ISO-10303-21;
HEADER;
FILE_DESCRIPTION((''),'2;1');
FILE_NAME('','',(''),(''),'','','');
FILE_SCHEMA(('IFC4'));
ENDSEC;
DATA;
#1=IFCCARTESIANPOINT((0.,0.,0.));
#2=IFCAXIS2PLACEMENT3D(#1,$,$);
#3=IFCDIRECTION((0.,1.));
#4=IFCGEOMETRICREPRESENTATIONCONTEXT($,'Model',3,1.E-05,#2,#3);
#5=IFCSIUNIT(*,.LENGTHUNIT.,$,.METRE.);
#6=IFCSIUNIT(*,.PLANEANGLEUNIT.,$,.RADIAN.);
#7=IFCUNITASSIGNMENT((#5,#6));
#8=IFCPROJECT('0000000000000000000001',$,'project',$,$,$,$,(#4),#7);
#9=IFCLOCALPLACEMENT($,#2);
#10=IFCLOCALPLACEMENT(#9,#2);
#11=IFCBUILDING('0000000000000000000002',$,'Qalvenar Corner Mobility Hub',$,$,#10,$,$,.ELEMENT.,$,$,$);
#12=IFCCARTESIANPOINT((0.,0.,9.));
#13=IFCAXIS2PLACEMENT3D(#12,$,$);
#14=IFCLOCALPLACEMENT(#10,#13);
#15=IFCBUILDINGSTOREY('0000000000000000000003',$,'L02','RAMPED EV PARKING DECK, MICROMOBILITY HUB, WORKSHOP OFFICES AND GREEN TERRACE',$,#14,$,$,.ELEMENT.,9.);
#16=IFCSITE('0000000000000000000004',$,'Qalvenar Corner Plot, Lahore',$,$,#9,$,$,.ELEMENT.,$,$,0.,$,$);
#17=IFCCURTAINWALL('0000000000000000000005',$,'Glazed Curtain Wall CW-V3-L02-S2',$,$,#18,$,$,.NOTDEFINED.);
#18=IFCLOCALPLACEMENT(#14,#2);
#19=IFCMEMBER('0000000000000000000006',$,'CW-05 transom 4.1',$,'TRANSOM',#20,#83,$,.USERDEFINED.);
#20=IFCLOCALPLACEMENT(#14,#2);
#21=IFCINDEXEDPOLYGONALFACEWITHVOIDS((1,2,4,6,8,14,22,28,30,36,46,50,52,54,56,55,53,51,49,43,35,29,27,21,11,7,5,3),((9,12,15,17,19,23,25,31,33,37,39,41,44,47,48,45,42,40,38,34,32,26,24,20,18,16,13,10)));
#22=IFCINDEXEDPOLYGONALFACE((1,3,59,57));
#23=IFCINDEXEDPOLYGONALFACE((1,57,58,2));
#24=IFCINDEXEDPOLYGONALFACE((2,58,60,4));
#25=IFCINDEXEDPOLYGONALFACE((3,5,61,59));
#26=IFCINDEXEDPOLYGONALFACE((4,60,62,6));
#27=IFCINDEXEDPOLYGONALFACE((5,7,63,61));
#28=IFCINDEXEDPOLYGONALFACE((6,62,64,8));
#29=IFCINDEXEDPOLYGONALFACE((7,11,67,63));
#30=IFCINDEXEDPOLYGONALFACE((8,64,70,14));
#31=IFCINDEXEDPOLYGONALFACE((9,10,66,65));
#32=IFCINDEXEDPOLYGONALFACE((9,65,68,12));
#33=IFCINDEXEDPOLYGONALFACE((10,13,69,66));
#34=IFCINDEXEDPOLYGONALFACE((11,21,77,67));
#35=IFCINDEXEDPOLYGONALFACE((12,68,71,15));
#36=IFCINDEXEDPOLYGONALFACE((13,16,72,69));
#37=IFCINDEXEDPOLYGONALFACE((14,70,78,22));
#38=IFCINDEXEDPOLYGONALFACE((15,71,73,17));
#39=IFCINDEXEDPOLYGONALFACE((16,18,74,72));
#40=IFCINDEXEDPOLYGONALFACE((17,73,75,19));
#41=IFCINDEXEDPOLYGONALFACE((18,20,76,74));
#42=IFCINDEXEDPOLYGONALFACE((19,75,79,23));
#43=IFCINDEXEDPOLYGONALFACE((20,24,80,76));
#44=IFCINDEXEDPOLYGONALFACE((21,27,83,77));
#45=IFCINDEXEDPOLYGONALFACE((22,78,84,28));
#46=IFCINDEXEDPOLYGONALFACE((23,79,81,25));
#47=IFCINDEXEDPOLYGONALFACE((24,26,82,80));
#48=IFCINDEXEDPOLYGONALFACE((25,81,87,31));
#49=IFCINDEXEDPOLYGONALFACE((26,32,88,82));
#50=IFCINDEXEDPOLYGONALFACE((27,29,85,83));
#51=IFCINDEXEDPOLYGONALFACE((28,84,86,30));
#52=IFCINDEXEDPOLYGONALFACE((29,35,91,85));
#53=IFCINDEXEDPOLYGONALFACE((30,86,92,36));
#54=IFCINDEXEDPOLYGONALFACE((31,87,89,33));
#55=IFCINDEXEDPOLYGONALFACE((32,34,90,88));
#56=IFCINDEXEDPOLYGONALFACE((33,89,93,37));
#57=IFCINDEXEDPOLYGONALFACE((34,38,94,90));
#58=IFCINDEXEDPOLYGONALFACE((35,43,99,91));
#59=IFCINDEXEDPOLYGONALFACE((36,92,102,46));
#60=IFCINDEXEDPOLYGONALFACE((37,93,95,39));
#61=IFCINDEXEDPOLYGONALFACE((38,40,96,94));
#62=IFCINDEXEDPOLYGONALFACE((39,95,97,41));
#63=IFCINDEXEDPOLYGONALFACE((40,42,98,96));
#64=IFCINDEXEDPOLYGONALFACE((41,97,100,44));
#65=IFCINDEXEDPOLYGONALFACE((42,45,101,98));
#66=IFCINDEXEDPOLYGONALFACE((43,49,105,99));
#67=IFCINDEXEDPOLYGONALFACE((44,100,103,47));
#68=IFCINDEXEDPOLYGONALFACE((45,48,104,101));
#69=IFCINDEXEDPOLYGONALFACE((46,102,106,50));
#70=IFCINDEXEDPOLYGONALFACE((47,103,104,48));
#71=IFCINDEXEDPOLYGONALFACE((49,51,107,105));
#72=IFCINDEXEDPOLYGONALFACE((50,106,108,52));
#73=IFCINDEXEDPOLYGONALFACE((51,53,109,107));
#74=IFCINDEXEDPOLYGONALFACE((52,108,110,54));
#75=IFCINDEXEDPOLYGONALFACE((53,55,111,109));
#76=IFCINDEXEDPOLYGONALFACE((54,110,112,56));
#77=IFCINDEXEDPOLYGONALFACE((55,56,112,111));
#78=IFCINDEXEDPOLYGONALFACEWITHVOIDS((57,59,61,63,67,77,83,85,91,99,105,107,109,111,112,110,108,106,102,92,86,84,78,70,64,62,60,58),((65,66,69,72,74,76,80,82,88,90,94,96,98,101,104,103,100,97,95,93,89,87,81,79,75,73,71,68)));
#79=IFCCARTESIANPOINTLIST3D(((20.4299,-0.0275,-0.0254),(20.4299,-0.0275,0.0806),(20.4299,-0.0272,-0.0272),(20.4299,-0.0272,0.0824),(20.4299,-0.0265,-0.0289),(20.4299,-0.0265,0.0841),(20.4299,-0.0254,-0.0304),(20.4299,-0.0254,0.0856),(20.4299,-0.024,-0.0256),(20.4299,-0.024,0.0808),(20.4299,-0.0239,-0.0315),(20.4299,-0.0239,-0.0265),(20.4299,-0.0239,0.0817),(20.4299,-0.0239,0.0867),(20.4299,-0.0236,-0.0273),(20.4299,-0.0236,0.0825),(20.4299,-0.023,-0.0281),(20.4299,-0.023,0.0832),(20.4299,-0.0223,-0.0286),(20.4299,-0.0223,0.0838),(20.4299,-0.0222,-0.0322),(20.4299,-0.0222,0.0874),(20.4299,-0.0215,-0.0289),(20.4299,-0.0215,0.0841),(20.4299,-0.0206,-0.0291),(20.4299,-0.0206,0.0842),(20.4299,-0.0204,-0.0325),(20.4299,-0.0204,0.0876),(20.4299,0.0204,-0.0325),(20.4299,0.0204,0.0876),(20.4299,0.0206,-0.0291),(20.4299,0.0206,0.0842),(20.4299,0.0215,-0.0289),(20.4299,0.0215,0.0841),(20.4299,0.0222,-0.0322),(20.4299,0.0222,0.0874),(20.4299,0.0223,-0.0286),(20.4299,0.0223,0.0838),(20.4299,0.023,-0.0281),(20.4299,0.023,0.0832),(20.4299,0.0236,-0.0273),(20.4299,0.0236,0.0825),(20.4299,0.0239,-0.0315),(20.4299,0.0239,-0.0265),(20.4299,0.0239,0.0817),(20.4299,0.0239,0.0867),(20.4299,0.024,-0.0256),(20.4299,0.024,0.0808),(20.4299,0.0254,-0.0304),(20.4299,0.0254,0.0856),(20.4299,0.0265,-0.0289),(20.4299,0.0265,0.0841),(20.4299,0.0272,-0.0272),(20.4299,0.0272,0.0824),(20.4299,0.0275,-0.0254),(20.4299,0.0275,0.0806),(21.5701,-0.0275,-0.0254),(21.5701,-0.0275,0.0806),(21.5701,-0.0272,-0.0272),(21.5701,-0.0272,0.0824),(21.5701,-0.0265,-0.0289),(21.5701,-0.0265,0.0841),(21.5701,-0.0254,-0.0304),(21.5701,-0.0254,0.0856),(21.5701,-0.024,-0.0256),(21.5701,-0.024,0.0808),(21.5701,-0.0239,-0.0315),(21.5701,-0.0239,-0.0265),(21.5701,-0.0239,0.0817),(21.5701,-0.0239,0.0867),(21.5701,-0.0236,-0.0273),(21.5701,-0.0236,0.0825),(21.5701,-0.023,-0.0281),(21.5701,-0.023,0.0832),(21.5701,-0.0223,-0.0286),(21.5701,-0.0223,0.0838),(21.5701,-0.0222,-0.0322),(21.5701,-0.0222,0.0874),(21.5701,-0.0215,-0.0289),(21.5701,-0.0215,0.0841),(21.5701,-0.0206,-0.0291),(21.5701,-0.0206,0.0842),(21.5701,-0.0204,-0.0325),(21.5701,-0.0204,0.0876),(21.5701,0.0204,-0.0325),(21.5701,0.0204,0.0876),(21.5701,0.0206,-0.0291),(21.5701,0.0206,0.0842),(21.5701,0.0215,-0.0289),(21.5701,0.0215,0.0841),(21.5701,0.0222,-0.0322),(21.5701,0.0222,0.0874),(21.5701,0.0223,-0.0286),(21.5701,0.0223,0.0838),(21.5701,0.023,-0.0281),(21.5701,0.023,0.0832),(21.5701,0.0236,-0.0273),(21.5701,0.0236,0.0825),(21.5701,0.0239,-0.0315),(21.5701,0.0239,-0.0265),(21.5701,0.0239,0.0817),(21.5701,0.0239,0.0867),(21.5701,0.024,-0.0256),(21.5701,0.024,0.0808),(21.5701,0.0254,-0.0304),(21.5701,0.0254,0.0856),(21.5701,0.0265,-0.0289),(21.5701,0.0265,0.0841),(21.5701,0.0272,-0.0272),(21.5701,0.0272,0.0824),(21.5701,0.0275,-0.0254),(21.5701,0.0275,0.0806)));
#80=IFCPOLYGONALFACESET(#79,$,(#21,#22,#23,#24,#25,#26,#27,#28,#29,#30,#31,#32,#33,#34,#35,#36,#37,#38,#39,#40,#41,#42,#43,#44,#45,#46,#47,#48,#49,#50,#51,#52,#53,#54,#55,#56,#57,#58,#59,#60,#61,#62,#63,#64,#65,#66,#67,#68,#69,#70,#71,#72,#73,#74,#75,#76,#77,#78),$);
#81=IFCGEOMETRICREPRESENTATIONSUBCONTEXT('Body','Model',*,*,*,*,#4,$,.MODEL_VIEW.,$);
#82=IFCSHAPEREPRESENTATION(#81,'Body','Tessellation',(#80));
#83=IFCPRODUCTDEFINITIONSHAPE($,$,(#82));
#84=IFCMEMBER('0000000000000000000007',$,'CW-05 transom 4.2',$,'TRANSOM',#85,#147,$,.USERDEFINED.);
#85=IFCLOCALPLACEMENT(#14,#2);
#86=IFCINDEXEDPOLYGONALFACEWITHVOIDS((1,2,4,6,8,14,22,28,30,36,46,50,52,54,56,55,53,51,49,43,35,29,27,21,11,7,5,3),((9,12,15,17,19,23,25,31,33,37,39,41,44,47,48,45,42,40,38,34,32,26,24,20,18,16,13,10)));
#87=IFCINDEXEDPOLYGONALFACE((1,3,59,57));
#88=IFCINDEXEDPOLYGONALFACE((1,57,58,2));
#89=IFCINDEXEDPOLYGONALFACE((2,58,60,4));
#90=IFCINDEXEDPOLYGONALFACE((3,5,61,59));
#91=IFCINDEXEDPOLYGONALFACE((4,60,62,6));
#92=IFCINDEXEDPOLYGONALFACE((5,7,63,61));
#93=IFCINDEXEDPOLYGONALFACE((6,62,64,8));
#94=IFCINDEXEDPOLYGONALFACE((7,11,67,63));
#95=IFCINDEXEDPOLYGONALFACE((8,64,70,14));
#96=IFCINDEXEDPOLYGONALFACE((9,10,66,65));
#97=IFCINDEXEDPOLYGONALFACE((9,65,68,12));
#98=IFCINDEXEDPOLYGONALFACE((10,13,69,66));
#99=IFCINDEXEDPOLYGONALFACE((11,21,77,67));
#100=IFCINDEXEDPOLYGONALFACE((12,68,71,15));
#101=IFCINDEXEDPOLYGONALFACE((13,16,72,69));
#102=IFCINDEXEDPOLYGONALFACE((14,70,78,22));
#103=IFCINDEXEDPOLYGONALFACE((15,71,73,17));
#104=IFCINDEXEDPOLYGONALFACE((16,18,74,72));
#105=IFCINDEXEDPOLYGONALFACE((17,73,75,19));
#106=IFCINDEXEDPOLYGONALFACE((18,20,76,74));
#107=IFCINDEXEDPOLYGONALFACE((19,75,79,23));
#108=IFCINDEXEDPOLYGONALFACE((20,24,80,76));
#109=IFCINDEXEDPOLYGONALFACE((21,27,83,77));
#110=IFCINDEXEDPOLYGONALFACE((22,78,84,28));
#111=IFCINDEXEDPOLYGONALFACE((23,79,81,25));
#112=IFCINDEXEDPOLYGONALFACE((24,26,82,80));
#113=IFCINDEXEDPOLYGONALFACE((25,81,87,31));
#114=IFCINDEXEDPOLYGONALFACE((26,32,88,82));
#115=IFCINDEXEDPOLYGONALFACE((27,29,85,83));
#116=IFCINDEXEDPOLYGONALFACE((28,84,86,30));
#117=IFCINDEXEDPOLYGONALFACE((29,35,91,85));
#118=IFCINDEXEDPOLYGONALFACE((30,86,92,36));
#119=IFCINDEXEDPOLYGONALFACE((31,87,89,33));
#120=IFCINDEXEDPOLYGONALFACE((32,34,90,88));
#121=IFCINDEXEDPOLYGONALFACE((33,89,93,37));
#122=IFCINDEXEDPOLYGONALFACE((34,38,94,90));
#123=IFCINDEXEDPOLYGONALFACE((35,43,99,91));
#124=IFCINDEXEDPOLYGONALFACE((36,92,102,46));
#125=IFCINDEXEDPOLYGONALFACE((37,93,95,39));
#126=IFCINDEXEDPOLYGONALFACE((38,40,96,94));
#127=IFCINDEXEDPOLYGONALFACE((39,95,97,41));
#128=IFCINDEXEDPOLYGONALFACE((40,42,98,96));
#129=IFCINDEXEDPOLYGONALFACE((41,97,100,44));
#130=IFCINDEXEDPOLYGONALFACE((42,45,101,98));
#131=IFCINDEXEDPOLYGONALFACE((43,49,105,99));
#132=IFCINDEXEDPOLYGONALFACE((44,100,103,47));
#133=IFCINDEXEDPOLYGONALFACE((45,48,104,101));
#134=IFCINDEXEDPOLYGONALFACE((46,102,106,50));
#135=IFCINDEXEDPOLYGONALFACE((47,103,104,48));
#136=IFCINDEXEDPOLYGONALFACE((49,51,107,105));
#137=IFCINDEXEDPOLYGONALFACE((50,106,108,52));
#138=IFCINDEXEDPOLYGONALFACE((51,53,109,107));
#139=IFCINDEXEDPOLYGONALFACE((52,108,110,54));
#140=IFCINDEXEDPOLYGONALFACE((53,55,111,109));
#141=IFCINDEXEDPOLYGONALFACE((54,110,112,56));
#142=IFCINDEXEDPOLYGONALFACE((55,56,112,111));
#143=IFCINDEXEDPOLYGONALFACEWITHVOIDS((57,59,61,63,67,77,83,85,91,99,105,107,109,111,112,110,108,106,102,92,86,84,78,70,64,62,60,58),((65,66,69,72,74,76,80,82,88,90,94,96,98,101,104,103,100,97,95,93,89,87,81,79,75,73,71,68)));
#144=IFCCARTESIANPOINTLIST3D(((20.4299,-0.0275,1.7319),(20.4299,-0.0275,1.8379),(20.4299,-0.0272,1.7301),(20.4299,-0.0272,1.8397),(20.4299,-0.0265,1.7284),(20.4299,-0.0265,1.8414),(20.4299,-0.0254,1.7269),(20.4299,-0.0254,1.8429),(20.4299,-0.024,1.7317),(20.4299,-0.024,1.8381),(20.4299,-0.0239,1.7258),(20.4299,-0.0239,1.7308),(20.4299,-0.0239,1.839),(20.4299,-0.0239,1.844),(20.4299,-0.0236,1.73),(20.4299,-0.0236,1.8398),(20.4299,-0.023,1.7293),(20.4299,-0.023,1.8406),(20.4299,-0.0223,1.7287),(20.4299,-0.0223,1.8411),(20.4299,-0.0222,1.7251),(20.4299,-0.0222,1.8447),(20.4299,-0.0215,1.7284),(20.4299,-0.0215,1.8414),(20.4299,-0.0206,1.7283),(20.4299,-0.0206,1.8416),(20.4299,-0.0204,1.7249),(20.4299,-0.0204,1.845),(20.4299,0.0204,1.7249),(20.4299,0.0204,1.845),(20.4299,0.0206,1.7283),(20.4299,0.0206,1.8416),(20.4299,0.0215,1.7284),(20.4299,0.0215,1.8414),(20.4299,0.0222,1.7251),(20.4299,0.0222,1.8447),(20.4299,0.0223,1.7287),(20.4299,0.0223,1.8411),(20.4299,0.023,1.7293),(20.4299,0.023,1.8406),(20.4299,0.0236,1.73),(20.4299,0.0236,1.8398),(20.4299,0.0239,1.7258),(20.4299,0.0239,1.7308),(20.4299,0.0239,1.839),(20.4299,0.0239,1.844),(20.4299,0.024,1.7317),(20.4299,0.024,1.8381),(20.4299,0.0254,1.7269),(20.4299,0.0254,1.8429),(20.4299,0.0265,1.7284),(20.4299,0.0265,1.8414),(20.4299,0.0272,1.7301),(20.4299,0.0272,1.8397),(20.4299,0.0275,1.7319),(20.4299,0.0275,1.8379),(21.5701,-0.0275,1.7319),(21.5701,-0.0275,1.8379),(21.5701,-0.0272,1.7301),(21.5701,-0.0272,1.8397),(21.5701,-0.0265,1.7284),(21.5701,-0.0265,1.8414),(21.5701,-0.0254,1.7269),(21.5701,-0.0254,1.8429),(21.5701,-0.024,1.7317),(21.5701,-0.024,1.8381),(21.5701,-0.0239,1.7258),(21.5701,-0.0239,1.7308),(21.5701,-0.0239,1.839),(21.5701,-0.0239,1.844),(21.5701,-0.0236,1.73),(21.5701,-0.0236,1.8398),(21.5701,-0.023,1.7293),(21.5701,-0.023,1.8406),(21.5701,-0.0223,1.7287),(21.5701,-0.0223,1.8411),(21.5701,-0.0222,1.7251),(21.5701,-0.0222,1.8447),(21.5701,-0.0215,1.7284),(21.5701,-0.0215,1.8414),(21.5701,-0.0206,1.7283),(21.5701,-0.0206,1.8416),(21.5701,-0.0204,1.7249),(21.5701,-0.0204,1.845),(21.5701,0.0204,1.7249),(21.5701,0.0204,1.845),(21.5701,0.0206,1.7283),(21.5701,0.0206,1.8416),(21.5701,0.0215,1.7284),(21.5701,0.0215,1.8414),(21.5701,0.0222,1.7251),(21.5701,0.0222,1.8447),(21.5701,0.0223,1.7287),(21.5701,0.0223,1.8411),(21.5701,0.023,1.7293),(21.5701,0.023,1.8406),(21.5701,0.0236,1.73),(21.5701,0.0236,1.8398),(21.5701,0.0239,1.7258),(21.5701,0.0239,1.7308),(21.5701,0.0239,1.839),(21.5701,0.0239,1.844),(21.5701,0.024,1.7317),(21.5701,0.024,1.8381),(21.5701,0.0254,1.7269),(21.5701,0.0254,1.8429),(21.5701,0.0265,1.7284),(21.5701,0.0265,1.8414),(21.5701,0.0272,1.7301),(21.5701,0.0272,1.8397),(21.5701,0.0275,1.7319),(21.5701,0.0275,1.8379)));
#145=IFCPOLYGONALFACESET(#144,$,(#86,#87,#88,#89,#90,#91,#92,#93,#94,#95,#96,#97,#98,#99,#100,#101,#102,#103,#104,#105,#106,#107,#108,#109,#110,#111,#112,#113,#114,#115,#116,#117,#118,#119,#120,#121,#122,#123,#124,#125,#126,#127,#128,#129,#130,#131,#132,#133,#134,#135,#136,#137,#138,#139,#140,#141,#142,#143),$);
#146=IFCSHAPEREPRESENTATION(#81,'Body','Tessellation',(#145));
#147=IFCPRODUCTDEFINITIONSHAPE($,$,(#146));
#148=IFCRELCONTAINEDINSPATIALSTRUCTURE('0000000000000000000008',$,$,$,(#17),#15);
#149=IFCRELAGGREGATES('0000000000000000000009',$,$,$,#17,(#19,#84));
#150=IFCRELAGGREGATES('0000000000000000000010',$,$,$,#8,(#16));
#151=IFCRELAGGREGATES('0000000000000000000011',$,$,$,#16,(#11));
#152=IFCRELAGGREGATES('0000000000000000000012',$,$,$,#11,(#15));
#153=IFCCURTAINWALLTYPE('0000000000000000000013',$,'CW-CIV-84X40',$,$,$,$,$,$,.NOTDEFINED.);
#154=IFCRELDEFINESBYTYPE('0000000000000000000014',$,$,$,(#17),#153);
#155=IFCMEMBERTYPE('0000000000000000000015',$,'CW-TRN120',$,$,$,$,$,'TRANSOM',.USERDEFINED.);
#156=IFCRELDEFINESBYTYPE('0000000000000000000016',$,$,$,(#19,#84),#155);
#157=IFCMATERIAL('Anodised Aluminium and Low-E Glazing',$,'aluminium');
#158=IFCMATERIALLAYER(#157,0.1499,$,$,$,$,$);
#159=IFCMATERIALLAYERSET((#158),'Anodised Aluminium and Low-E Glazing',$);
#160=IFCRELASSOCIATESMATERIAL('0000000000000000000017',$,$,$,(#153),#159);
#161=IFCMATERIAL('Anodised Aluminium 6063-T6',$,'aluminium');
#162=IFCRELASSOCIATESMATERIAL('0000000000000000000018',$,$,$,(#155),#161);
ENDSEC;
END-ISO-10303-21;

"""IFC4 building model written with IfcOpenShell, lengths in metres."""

from ifc_helpers import new_model, si_unit, direction, frame, origin, origin_2d, place, context, subcontext, project, spatial, hollow_rectangle, extrude, material, layer, layer_set, material_profile, profile_set, type_object, element, aggregate, save


model = new_model("IFC4")

# Units and contexts
model_context = context("Model", 3, precision=1e-05, world=origin(), true_north=direction((0.0, 1.0)))
body_context = subcontext(model_context, "Body", "Model", "MODEL_VIEW")
ifc_project = project(units=[si_unit("LENGTHUNIT", "METRE"), si_unit("PLANEANGLEUNIT", "RADIAN")], contexts=[model_context])

# Site, building, storey
site_placement = place(None, origin())
site = spatial("IfcSite", under=ifc_project, at=site_placement, Name="Qalvenar Corner Plot, Lahore", CompositionType="ELEMENT", RefElevation=0.0)
building_placement = place(site_placement, origin())
building = spatial("IfcBuilding", under=site, at=building_placement, Name="Qalvenar Corner Mobility Hub", CompositionType="ELEMENT")
storey_placement = place(building_placement, frame((0.0, 0.0, 9.0)))
storey = spatial("IfcBuildingStorey", under=building, at=storey_placement, Name="L02", Description="RAMPED EV PARKING DECK, MICROMOBILITY HUB, WORKSHOP OFFICES AND GREEN TERRACE", CompositionType="ELEMENT", Elevation=9.0)

# Curtain wall, members
ifc_material_1 = material(Name="Anodised Aluminium and Low-E Glazing", Category="aluminium")
ifc_layer_1 = layer(ifc_material_1, 0.1499)
ifc_layer_set_1 = layer_set([ifc_layer_1], Name="Anodised Aluminium and Low-E Glazing")
curtain_wall_type = type_object("IfcCurtainWallType", Name="CW-CIV-84X40", PredefinedType="NOTDEFINED", material=ifc_layer_set_1)
curtain_wall_placement = place(storey_placement, origin())
curtain_wall = element("IfcCurtainWall", 1, at=curtain_wall_placement, inside=storey, type_object=curtain_wall_type, Name="Glazed Curtain Wall CW-V3-L02-S2", PredefinedType="NOTDEFINED")
ifc_material_2 = material(Name="Anodised Aluminium 6063-T6", Category="aluminium")
ifc_material_profile_1 = material_profile(ifc_material_2, hollow_rectangle(XDim=0.0549, YDim=0.1201, WallThickness=0.0034, InnerFilletRadius=0.0034, OuterFilletRadius=0.0071, at=origin_2d()), Name="RHS120x55x3.5")
ifc_profile_set_1 = profile_set([ifc_material_profile_1], Name="Anodised Aluminium 6063-T6")
member_type_1 = type_object("IfcMemberType", Name="CW-TRN120", ElementType="TRANSOM", PredefinedType="USERDEFINED", material=ifc_profile_set_1)
member_1_placement = place(storey_placement, frame((20.4299, 0.0, 0.0276), z_axis=(1.0, 0.0, 0.0), x_axis=(0.0, 1.0, 0.0)))
member_1 = element("IfcMember", 2, at=member_1_placement, type_object=member_type_1, Name="CW-05 transom 4.1", ObjectType="TRANSOM", PredefinedType="USERDEFINED", context=body_context, shape_type="SweptSolid", body=[
    extrude(hollow_rectangle(XDim=0.0549, YDim=0.1201, WallThickness=0.0034, InnerFilletRadius=0.0034, OuterFilletRadius=0.0071, at=origin_2d()), origin(), (0.0, 0.0, 1.0), 1.1401),
])
member_2_placement = place(storey_placement, frame((20.4299, 0.0, 1.7849), z_axis=(1.0, 0.0, 0.0), x_axis=(0.0, 1.0, 0.0)))
member_2 = element("IfcMember", 3, at=member_2_placement, type_object=member_type_1, Name="CW-05 transom 4.2", ObjectType="TRANSOM", PredefinedType="USERDEFINED", context=body_context, shape_type="SweptSolid", body=[
    extrude(hollow_rectangle(XDim=0.0549, YDim=0.1201, WallThickness=0.0034, InnerFilletRadius=0.0034, OuterFilletRadius=0.0071, at=origin_2d()), origin(), (0.0, 0.0, 1.0), 1.1401),
])
aggregate(curtain_wall, [member_1, member_2])

save(model, "model.ifc")
